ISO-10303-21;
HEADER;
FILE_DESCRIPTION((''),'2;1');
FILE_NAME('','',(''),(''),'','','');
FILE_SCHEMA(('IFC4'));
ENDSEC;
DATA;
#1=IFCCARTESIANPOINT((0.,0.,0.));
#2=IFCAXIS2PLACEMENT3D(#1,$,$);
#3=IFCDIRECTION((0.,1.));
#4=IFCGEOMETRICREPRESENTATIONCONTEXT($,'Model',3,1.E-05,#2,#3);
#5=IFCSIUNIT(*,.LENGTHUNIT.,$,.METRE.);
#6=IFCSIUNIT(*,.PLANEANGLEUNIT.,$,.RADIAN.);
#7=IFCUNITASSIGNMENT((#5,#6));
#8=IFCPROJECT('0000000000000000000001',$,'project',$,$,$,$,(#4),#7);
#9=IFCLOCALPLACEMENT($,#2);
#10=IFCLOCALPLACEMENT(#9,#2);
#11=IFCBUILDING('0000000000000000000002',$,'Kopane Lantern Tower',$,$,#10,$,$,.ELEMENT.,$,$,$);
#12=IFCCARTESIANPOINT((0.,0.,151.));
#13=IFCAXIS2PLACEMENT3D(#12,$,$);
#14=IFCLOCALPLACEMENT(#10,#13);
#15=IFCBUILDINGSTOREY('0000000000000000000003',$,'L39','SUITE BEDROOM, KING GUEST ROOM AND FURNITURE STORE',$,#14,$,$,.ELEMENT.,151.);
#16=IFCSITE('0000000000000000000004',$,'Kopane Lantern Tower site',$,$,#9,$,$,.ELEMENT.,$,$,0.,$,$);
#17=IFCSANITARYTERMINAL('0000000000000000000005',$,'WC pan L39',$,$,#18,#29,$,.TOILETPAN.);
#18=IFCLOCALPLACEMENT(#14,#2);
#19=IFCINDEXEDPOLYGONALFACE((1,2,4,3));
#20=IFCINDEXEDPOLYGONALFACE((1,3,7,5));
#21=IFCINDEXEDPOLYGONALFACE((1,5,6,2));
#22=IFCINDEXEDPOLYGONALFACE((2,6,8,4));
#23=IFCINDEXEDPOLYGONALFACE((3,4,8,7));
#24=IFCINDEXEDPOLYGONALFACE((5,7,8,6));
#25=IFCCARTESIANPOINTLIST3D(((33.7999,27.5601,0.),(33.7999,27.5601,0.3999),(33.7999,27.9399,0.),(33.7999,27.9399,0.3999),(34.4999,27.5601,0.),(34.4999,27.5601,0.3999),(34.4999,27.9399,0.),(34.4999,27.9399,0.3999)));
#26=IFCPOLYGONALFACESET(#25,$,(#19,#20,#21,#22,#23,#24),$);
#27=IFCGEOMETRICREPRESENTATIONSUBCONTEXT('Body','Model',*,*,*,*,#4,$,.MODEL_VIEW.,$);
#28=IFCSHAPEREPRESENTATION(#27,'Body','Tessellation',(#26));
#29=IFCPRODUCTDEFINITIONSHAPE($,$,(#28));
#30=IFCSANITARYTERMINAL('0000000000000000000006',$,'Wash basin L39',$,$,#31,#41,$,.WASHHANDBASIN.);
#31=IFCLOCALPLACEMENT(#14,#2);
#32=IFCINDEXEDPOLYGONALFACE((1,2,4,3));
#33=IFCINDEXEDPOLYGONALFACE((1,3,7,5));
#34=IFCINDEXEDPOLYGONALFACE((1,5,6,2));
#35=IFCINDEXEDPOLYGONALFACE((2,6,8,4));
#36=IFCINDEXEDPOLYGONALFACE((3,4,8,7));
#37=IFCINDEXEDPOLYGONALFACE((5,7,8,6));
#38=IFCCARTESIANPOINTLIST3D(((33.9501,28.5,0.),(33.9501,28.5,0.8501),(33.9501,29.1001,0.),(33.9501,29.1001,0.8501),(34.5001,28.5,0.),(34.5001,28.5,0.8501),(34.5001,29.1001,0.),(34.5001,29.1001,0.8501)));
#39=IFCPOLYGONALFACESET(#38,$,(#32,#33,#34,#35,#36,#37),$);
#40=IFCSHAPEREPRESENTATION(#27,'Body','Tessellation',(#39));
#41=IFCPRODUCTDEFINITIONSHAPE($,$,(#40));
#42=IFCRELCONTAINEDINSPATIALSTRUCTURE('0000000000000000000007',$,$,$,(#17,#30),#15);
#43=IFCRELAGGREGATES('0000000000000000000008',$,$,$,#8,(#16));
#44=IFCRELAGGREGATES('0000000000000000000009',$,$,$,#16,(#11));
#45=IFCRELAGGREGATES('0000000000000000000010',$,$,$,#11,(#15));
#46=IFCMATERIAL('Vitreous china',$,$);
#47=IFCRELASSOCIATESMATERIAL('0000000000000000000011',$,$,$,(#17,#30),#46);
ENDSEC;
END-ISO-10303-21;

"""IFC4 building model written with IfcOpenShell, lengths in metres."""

from ifc_helpers import new_model, si_unit, direction, frame, origin, origin_2d, place, context, subcontext, project, spatial, rectangle, extrude, material, element, save


model = new_model("IFC4")

# Units and contexts
model_context = context("Model", 3, precision=1e-05, world=origin(), true_north=direction((0.0, 1.0)))
body_context = subcontext(model_context, "Body", "Model", "MODEL_VIEW")
ifc_project = project(units=[si_unit("LENGTHUNIT", "METRE"), si_unit("PLANEANGLEUNIT", "RADIAN")], contexts=[model_context])

# Site, building, storey
site_placement = place(None, origin())
site = spatial("IfcSite", under=ifc_project, at=site_placement, Name="Kopane Lantern Tower site", CompositionType="ELEMENT", RefElevation=0.0)
building_placement = place(site_placement, origin())
building = spatial("IfcBuilding", under=site, at=building_placement, Name="Kopane Lantern Tower", CompositionType="ELEMENT")
storey_placement = place(building_placement, frame((0.0, 0.0, 151.0)))
storey = spatial("IfcBuildingStorey", under=building, at=storey_placement, Name="L39", Description="SUITE BEDROOM, KING GUEST ROOM AND FURNITURE STORE", CompositionType="ELEMENT", Elevation=151.0)

# Sanitary terminals
ifc_material_1 = material(Name="Vitreous china")
sanitary_terminal_1_placement = place(storey_placement, frame((34.1499, 27.75, 0.0), z_axis=(0.0, 0.0, 1.0), x_axis=(1.0, 0.0, 0.0)))
element("IfcSanitaryTerminal", 1, at=sanitary_terminal_1_placement, inside=storey, material=ifc_material_1, Name="WC pan L39", PredefinedType="TOILETPAN", context=body_context, shape_type="SweptSolid", body=[
    extrude(rectangle(XDim=0.7, YDim=0.3799, at=origin_2d()), origin(), (0.0, 0.0, 1.0), 0.3999),
])
sanitary_terminal_2_placement = place(storey_placement, frame((34.2251, 28.8, 0.0), z_axis=(0.0, 0.0, 1.0), x_axis=(1.0, 0.0, 0.0)))
element("IfcSanitaryTerminal", 2, at=sanitary_terminal_2_placement, inside=storey, material=ifc_material_1, Name="Wash basin L39", PredefinedType="WASHHANDBASIN", context=body_context, shape_type="SweptSolid", body=[
    extrude(rectangle(XDim=0.55, YDim=0.6001, at=origin_2d()), origin(), (0.0, 0.0, 1.0), 0.8501),
])

save(model, "model.ifc")
